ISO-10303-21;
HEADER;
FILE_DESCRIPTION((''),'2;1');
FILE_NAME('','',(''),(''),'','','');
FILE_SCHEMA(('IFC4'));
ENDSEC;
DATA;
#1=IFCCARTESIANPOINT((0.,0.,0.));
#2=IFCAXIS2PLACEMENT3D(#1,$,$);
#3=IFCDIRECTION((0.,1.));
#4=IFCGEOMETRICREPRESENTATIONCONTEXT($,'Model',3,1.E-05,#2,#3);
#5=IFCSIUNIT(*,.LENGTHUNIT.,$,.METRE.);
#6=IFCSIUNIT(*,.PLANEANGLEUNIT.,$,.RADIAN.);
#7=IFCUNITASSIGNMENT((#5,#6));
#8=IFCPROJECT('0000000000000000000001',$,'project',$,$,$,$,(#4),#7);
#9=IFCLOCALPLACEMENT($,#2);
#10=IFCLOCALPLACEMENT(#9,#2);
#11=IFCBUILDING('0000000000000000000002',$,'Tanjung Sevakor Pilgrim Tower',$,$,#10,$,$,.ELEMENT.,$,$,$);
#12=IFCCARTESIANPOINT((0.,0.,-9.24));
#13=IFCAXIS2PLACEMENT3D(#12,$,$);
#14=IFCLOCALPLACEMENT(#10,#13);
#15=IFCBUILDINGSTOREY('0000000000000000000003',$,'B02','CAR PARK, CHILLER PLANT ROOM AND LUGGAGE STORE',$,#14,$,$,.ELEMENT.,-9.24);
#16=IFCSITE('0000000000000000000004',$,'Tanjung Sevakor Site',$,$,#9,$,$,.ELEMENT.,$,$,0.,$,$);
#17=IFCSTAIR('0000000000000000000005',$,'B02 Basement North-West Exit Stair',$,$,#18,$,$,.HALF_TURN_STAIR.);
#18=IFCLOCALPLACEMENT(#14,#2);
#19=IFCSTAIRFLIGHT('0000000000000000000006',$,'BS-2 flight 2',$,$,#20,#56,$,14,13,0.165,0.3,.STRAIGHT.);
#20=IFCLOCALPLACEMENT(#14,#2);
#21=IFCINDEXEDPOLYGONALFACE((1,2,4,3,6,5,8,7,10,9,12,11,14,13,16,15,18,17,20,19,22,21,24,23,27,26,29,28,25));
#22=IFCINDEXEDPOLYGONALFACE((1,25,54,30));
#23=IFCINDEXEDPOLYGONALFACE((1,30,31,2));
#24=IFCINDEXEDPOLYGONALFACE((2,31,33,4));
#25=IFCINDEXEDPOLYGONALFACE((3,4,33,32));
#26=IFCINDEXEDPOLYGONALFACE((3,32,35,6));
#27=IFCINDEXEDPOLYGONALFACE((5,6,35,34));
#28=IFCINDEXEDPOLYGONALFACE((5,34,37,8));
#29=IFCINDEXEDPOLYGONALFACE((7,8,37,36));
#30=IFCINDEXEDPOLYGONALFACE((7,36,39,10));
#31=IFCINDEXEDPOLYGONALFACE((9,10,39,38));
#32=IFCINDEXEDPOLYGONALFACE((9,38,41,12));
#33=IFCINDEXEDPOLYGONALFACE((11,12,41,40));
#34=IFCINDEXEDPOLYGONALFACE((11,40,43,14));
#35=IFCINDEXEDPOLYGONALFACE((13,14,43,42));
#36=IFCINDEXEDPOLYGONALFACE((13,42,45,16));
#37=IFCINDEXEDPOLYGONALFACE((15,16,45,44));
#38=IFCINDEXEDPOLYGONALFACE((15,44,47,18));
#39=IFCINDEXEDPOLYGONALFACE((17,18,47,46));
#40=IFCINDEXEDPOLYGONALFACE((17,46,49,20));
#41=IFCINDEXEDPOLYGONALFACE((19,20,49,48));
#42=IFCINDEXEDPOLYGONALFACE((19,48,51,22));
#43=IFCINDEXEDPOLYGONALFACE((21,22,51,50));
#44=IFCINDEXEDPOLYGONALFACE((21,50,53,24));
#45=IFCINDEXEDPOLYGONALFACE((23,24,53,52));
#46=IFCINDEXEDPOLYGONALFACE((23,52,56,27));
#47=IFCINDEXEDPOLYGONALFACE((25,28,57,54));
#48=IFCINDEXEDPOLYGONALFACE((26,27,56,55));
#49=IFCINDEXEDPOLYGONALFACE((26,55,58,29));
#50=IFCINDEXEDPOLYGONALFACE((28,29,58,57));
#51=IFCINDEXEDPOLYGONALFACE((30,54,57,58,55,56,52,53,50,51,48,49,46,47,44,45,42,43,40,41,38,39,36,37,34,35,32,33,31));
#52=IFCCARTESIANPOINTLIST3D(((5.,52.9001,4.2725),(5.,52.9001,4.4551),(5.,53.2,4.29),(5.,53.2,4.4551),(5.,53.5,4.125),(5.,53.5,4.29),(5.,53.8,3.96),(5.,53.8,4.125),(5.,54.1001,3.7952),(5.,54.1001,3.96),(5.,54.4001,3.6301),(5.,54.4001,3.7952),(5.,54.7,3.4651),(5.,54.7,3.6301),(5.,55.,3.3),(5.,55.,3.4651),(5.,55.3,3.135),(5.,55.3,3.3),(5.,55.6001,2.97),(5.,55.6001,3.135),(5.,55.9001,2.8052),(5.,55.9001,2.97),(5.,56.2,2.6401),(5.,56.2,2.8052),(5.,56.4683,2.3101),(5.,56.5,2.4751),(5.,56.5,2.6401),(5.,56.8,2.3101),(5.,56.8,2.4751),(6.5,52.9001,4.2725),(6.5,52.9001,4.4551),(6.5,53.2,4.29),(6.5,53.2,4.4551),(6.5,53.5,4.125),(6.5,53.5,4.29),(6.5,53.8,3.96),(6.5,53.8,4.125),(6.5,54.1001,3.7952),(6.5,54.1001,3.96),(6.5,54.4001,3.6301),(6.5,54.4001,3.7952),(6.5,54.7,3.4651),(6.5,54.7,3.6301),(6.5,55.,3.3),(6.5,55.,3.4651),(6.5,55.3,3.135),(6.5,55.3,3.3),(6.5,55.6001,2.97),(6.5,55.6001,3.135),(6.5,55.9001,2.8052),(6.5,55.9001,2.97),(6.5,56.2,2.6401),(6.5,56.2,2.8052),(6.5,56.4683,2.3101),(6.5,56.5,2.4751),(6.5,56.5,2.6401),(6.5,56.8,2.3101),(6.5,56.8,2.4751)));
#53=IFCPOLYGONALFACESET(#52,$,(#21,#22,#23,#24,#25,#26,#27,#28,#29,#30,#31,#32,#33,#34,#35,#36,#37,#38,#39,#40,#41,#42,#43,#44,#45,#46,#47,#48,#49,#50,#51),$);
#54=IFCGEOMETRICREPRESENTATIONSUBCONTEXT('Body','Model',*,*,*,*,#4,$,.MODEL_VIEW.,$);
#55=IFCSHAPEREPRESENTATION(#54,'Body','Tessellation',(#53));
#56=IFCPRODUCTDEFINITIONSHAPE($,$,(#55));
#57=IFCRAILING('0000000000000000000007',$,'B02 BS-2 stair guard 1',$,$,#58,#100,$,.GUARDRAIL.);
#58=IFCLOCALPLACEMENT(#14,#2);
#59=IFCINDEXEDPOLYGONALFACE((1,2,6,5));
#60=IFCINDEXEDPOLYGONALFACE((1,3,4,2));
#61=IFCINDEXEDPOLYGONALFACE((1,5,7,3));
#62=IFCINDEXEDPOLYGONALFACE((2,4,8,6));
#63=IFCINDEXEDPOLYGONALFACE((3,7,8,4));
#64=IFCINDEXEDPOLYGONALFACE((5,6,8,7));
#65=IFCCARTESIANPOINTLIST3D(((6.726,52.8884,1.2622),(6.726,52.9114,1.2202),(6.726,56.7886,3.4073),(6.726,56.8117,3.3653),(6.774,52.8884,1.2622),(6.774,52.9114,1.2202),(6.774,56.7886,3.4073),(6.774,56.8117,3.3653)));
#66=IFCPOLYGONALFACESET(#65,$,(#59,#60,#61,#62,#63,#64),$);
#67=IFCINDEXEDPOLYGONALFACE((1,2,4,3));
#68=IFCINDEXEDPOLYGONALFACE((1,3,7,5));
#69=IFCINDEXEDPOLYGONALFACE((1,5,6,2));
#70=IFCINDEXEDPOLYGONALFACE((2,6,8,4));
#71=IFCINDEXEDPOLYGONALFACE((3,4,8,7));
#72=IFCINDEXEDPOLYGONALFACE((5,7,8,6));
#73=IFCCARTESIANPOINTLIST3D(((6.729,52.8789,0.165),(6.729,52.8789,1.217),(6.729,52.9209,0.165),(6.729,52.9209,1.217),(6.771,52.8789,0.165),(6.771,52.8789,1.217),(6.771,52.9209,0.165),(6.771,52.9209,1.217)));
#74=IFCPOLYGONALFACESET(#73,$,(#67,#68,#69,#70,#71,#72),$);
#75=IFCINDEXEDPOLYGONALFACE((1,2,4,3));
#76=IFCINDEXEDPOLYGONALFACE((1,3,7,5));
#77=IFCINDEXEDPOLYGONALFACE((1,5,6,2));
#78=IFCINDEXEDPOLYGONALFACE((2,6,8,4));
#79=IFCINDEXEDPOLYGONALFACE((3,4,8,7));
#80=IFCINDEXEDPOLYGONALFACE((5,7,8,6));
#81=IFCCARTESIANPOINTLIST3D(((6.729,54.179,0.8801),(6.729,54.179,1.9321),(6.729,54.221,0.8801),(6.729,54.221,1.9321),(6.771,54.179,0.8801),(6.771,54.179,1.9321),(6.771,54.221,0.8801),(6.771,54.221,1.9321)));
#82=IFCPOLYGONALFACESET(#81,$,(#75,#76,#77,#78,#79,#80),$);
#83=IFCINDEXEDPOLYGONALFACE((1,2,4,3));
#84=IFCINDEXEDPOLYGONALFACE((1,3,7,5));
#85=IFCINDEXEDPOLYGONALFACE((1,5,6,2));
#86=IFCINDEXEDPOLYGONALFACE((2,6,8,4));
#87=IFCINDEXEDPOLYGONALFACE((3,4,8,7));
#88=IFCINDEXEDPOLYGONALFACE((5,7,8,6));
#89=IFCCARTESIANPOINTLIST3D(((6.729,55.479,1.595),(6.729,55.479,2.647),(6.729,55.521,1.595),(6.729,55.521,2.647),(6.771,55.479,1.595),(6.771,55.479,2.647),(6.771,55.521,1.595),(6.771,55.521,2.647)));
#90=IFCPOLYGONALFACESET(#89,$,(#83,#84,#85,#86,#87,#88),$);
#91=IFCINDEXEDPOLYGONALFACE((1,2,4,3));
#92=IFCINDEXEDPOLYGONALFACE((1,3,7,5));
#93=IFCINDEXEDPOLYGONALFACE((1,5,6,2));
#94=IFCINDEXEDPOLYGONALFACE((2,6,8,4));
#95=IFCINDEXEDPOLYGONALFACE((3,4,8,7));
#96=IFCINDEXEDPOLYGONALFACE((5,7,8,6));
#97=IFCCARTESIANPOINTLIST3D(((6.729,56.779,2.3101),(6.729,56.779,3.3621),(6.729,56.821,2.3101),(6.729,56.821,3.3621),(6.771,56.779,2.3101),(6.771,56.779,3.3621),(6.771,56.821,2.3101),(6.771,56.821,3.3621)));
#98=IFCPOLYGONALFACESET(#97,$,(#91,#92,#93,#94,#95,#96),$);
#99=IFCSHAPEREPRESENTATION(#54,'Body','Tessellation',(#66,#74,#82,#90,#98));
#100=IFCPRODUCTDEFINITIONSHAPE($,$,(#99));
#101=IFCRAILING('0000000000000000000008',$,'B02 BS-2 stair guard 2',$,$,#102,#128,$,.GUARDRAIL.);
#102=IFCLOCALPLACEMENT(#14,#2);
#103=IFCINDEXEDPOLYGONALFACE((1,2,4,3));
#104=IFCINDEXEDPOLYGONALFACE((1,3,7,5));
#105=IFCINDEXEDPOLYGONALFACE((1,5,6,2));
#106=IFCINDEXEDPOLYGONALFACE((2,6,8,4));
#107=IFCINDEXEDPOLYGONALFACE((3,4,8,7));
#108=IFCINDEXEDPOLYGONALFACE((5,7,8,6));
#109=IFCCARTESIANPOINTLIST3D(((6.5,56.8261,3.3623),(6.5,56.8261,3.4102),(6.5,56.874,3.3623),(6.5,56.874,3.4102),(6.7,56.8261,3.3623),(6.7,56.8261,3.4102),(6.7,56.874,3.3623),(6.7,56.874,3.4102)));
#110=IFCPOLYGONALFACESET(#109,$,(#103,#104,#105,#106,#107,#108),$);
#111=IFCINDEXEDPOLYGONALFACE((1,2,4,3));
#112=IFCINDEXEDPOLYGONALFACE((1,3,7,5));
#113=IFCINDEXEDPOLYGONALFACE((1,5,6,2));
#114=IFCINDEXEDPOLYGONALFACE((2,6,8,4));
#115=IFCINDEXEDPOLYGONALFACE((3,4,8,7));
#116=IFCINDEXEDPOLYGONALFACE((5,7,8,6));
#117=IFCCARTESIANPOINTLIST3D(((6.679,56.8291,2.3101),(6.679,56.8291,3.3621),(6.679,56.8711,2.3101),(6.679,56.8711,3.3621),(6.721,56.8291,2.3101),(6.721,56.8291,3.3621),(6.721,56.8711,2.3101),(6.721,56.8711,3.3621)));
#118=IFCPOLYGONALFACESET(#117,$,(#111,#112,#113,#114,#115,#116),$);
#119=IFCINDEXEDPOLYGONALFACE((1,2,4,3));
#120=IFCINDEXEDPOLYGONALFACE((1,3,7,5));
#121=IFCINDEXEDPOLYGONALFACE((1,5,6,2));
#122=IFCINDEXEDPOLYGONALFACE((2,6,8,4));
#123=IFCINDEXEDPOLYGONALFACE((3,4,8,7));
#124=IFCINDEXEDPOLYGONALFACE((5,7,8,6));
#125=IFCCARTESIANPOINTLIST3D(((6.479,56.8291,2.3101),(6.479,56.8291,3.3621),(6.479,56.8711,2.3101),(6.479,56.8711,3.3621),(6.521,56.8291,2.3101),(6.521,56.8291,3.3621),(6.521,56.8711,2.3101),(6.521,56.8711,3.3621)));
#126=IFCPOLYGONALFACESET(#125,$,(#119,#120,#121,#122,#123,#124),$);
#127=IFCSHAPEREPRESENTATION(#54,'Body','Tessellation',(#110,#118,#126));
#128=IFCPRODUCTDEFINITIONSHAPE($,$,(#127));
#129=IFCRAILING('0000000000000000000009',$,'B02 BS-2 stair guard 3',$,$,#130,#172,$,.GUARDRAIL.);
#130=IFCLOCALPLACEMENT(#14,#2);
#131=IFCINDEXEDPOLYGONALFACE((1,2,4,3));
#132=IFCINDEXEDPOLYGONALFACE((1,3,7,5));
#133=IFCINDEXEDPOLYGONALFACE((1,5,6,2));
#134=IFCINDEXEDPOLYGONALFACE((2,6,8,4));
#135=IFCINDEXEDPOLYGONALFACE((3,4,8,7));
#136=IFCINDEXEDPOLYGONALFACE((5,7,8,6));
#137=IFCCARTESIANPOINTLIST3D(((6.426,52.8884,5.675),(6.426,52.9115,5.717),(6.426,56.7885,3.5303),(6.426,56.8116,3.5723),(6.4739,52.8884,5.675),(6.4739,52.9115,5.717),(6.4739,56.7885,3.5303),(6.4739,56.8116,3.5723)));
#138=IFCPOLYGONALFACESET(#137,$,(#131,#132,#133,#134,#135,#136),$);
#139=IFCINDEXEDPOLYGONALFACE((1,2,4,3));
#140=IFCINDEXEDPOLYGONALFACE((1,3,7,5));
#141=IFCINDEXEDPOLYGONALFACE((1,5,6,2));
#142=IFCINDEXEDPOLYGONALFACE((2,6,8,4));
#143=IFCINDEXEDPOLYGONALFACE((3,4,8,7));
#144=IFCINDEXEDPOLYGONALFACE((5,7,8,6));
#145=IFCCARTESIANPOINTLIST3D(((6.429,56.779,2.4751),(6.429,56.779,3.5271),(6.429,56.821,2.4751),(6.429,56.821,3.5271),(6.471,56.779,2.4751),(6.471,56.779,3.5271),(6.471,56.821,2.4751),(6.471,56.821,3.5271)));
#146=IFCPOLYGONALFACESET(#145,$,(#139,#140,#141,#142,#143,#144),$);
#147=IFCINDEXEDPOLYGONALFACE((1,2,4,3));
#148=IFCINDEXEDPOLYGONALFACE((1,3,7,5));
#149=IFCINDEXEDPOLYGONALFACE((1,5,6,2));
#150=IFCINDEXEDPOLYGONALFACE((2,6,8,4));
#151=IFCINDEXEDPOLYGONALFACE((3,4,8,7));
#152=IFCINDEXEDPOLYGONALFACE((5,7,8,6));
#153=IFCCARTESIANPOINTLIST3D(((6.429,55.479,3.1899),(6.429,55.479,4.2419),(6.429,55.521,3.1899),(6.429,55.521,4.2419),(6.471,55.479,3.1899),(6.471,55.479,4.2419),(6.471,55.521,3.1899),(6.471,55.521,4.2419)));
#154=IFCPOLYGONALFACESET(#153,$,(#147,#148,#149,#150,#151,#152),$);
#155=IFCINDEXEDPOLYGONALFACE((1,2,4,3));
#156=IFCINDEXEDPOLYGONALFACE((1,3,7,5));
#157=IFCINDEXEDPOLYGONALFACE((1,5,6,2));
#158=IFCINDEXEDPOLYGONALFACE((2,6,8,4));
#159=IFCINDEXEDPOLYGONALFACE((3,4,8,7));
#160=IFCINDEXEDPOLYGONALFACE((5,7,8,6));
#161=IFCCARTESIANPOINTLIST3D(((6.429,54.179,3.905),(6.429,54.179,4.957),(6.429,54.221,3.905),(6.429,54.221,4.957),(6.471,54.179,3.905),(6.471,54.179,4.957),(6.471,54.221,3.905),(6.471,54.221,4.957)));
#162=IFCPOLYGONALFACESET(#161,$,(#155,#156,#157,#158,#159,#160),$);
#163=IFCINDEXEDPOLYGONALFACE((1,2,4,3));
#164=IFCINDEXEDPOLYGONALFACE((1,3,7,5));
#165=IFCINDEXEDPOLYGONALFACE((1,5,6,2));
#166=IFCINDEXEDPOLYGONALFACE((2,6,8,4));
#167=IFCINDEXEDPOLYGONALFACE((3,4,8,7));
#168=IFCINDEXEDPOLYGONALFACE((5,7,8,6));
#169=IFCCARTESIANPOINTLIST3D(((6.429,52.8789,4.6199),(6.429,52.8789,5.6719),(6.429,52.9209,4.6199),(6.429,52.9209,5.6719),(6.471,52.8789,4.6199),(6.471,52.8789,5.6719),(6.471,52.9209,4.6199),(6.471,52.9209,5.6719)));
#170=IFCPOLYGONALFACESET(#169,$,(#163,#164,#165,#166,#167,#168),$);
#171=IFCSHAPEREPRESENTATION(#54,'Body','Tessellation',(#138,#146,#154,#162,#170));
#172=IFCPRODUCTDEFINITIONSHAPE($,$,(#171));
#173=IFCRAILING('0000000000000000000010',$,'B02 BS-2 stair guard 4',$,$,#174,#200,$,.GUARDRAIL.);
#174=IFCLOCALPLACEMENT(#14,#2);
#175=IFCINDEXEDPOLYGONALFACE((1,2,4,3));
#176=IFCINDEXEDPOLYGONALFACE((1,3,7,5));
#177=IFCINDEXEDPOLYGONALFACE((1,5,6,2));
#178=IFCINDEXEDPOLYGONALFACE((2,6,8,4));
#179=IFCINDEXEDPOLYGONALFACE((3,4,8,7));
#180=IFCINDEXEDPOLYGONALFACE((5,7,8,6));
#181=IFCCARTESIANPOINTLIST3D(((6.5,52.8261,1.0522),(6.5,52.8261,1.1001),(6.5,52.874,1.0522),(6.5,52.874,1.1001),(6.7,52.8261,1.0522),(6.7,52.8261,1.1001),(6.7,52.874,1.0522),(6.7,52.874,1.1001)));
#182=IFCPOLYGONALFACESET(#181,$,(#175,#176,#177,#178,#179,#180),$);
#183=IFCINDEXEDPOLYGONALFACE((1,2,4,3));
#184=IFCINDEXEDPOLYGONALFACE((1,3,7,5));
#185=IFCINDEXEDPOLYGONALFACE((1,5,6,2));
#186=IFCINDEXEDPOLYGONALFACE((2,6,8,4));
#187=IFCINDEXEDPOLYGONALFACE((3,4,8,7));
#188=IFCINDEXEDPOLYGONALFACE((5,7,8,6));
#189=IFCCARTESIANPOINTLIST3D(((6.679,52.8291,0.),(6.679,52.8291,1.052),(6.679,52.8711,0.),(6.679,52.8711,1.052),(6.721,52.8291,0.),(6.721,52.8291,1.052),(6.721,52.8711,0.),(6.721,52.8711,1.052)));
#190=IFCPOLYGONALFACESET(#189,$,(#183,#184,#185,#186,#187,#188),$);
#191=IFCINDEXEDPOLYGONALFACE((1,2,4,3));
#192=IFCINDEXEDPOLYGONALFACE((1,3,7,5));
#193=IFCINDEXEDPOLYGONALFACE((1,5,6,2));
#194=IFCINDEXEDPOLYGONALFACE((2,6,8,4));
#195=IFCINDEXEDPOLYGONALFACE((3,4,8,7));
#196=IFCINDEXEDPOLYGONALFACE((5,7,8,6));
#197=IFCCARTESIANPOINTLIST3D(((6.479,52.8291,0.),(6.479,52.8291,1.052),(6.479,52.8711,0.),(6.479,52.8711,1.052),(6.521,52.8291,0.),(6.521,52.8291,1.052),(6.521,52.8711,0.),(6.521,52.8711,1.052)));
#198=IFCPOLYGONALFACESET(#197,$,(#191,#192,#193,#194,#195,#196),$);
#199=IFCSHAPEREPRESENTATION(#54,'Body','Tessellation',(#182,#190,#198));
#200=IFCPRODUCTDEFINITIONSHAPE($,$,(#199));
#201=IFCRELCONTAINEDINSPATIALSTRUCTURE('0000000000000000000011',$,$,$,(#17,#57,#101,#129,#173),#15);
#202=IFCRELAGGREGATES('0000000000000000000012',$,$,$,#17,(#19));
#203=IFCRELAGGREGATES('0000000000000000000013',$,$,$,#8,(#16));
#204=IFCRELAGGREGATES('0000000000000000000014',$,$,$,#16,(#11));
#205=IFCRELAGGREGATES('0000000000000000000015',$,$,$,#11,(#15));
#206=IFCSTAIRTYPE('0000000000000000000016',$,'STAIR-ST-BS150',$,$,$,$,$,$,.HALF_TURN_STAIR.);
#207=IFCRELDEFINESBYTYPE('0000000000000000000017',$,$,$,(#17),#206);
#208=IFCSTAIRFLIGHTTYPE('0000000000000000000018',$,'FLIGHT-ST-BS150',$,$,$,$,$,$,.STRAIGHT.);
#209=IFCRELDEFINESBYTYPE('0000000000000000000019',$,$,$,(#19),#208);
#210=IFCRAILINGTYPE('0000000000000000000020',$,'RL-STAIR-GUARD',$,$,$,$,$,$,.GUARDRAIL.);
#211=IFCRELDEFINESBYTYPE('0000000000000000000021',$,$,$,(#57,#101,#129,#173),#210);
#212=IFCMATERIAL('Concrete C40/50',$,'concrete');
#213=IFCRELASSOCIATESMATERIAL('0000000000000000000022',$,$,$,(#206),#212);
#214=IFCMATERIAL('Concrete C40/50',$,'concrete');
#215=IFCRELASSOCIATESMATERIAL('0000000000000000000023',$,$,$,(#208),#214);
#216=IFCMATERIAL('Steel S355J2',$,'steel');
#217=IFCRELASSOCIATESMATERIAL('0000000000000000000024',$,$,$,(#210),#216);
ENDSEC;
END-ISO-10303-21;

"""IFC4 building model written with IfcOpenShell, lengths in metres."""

from ifc_helpers import new_model, si_unit, direction, frame, origin, place, context, subcontext, project, spatial, polyline, rectangle, outline, extrude, material, type_object, element, aggregate, save


model = new_model("IFC4")

# Units and contexts
model_context = context("Model", 3, precision=1e-05, world=origin(), true_north=direction((0.0, 1.0)))
body_context = subcontext(model_context, "Body", "Model", "MODEL_VIEW")
ifc_project = project(units=[si_unit("LENGTHUNIT", "METRE"), si_unit("PLANEANGLEUNIT", "RADIAN")], contexts=[model_context])

# Site, building, storey
site_placement = place(None, origin())
site = spatial("IfcSite", under=ifc_project, at=site_placement, Name="Tanjung Sevakor Site", CompositionType="ELEMENT", RefElevation=0.0)
building_placement = place(site_placement, origin())
building = spatial("IfcBuilding", under=site, at=building_placement, Name="Tanjung Sevakor Pilgrim Tower", CompositionType="ELEMENT")
storey_placement = place(building_placement, frame((0.0, 0.0, -9.24)))
storey = spatial("IfcBuildingStorey", under=building, at=storey_placement, Name="B02", Description="CAR PARK, CHILLER PLANT ROOM AND LUGGAGE STORE", CompositionType="ELEMENT", Elevation=-9.24)

# Stair, stair flight
ifc_material_1 = material(Name="Concrete C40/50", Category="concrete")
stair_type = type_object("IfcStairType", Name="STAIR-ST-BS150", PredefinedType="HALF_TURN_STAIR", material=ifc_material_1)
stair_placement = place(storey_placement, origin())
stair = element("IfcStair", 1, at=stair_placement, inside=storey, type_object=stair_type, Name="B02 Basement North-West Exit Stair", PredefinedType="HALF_TURN_STAIR")
ifc_material_2 = material(Name="Concrete C40/50", Category="concrete")
stair_flight_type = type_object("IfcStairFlightType", Name="FLIGHT-ST-BS150", PredefinedType="STRAIGHT", material=ifc_material_2)
stair_flight_1_placement = place(storey_placement, frame((5.75, 56.8, 2.3101), z_axis=(0.0, 0.0, 1.0), x_axis=(0.0, -1.0, 0.0)))
stair_flight_1 = element("IfcStairFlight", 2, at=stair_flight_1_placement, type_object=stair_flight_type, Name="BS-2 flight 2", NumberOfRisers=14, NumberOfTreads=13, PredefinedType="STRAIGHT", RiserHeight=0.165, TreadLength=0.3, context=body_context, shape_type="SweptSolid", body=[
    extrude(outline(polyline([(0.0, 0.0), (0.0, 0.165), (0.3, 0.165), (0.3, 0.3301), (0.6001, 0.3301), (0.6001, 0.4951), (0.8999, 0.4951), (0.8999, 0.6599), (1.2, 0.6599), (1.2, 0.825), (1.5, 0.825), (1.5, 0.99), (1.8, 0.99), (1.8, 1.155), (2.1001, 1.155), (2.1001, 1.3201), (2.3999, 1.3201), (2.3999, 1.4851), (2.7, 1.4851), (2.7, 1.6499), (3.0, 1.6499), (3.0, 1.8149), (3.3, 1.8149), (3.3, 1.98), (3.6001, 1.98), (3.6001, 2.145), (3.8999, 2.145), (3.8999, 2.3101), (3.8999, 1.9624), (0.3318, 0.0), (0.0, 0.0)])), frame((0.0, 0.75, 0.0), z_axis=(0.0, -1.0, 0.0), x_axis=(1.0, 0.0, 0.0)), (0.0, 0.0, 1.0), 1.5),
])
aggregate(stair, [stair_flight_1])

# Railings
ifc_material_3 = material(Name="Steel S355J2", Category="steel")
railing_type_1 = type_object("IfcRailingType", Name="RL-STAIR-GUARD", PredefinedType="GUARDRAIL", material=ifc_material_3)
railing_1_placement = place(storey_placement, frame((6.75, 52.8999, 0.165)))
element("IfcRailing", 3, at=railing_1_placement, inside=storey, type_object=railing_type_1, Name="B02 BS-2 stair guard 1", PredefinedType="GUARDRAIL", context=body_context, shape_type="SweptSolid", body=[
    extrude(rectangle(XDim=0.0479, YDim=0.0479), frame((0.0, 0.0, 1.0762), z_axis=(0.0, 0.876222, 0.481908), x_axis=(-1.0, 0.0, 0.0)), (0.0, 0.0, 1.0), 4.4512),
    extrude(rectangle(XDim=0.042, YDim=0.042), origin(), (0.0, 0.0, 1.0), 1.052),
    extrude(rectangle(XDim=0.042, YDim=0.042), frame((0.0, 1.3, 0.7151)), (0.0, 0.0, 1.0), 1.052),
    extrude(rectangle(XDim=0.042, YDim=0.042), frame((0.0, 2.6001, 1.4299)), (0.0, 0.0, 1.0), 1.052),
    extrude(rectangle(XDim=0.042, YDim=0.042), frame((0.0, 3.9001, 2.145)), (0.0, 0.0, 1.0), 1.052),
])
railing_2_placement = place(storey_placement, frame((6.7, 56.8501, 2.3101)))
element("IfcRailing", 4, at=railing_2_placement, inside=storey, type_object=railing_type_1, Name="B02 BS-2 stair guard 2", PredefinedType="GUARDRAIL", context=body_context, shape_type="SweptSolid", body=[
    extrude(rectangle(XDim=0.0479, YDim=0.0479), frame((0.0, 0.0, 1.0762), z_axis=(-1.0, 0.0, 0.0), x_axis=(0.0, -1.0, 0.0)), (0.0, 0.0, 1.0), 0.2),
    extrude(rectangle(XDim=0.042, YDim=0.042), origin(), (0.0, 0.0, 1.0), 1.052),
    extrude(rectangle(XDim=0.042, YDim=0.042), frame((-0.2, 0.0, 0.0)), (0.0, 0.0, 1.0), 1.052),
])
railing_3_placement = place(storey_placement, frame((6.45, 56.8, 2.4751)))
element("IfcRailing", 5, at=railing_3_placement, inside=storey, type_object=railing_type_1, Name="B02 BS-2 stair guard 3", PredefinedType="GUARDRAIL", context=body_context, shape_type="SweptSolid", body=[
    extrude(rectangle(XDim=0.0479, YDim=0.0479), frame((0.0, 0.0, 1.0762), z_axis=(0.0, -0.876245, 0.481866), x_axis=(1.0, 0.0, 0.0)), (0.0, 0.0, 1.0), 4.4509),
    extrude(rectangle(XDim=0.042, YDim=0.042), origin(), (0.0, 0.0, 1.0), 1.052),
    extrude(rectangle(XDim=0.042, YDim=0.042), frame((0.0, -1.3, 0.7148)), (0.0, 0.0, 1.0), 1.052),
    extrude(rectangle(XDim=0.042, YDim=0.042), frame((0.0, -2.6001, 1.4299)), (0.0, 0.0, 1.0), 1.052),
    extrude(rectangle(XDim=0.042, YDim=0.042), frame((0.0, -3.9001, 2.1448)), (0.0, 0.0, 1.0), 1.052),
])
railing_4_placement = place(storey_placement, frame((6.7, 52.8501, 0.0)))
element("IfcRailing", 6, at=railing_4_placement, inside=storey, type_object=railing_type_1, Name="B02 BS-2 stair guard 4", PredefinedType="GUARDRAIL", context=body_context, shape_type="SweptSolid", body=[
    extrude(rectangle(XDim=0.0479, YDim=0.0479), frame((0.0, 0.0, 1.0762), z_axis=(-1.0, 0.0, 0.0), x_axis=(0.0, -1.0, 0.0)), (0.0, 0.0, 1.0), 0.2),
    extrude(rectangle(XDim=0.042, YDim=0.042), origin(), (0.0, 0.0, 1.0), 1.052),
    extrude(rectangle(XDim=0.042, YDim=0.042), frame((-0.2, 0.0, 0.0)), (0.0, 0.0, 1.0), 1.052),
])

save(model, "model.ifc")
